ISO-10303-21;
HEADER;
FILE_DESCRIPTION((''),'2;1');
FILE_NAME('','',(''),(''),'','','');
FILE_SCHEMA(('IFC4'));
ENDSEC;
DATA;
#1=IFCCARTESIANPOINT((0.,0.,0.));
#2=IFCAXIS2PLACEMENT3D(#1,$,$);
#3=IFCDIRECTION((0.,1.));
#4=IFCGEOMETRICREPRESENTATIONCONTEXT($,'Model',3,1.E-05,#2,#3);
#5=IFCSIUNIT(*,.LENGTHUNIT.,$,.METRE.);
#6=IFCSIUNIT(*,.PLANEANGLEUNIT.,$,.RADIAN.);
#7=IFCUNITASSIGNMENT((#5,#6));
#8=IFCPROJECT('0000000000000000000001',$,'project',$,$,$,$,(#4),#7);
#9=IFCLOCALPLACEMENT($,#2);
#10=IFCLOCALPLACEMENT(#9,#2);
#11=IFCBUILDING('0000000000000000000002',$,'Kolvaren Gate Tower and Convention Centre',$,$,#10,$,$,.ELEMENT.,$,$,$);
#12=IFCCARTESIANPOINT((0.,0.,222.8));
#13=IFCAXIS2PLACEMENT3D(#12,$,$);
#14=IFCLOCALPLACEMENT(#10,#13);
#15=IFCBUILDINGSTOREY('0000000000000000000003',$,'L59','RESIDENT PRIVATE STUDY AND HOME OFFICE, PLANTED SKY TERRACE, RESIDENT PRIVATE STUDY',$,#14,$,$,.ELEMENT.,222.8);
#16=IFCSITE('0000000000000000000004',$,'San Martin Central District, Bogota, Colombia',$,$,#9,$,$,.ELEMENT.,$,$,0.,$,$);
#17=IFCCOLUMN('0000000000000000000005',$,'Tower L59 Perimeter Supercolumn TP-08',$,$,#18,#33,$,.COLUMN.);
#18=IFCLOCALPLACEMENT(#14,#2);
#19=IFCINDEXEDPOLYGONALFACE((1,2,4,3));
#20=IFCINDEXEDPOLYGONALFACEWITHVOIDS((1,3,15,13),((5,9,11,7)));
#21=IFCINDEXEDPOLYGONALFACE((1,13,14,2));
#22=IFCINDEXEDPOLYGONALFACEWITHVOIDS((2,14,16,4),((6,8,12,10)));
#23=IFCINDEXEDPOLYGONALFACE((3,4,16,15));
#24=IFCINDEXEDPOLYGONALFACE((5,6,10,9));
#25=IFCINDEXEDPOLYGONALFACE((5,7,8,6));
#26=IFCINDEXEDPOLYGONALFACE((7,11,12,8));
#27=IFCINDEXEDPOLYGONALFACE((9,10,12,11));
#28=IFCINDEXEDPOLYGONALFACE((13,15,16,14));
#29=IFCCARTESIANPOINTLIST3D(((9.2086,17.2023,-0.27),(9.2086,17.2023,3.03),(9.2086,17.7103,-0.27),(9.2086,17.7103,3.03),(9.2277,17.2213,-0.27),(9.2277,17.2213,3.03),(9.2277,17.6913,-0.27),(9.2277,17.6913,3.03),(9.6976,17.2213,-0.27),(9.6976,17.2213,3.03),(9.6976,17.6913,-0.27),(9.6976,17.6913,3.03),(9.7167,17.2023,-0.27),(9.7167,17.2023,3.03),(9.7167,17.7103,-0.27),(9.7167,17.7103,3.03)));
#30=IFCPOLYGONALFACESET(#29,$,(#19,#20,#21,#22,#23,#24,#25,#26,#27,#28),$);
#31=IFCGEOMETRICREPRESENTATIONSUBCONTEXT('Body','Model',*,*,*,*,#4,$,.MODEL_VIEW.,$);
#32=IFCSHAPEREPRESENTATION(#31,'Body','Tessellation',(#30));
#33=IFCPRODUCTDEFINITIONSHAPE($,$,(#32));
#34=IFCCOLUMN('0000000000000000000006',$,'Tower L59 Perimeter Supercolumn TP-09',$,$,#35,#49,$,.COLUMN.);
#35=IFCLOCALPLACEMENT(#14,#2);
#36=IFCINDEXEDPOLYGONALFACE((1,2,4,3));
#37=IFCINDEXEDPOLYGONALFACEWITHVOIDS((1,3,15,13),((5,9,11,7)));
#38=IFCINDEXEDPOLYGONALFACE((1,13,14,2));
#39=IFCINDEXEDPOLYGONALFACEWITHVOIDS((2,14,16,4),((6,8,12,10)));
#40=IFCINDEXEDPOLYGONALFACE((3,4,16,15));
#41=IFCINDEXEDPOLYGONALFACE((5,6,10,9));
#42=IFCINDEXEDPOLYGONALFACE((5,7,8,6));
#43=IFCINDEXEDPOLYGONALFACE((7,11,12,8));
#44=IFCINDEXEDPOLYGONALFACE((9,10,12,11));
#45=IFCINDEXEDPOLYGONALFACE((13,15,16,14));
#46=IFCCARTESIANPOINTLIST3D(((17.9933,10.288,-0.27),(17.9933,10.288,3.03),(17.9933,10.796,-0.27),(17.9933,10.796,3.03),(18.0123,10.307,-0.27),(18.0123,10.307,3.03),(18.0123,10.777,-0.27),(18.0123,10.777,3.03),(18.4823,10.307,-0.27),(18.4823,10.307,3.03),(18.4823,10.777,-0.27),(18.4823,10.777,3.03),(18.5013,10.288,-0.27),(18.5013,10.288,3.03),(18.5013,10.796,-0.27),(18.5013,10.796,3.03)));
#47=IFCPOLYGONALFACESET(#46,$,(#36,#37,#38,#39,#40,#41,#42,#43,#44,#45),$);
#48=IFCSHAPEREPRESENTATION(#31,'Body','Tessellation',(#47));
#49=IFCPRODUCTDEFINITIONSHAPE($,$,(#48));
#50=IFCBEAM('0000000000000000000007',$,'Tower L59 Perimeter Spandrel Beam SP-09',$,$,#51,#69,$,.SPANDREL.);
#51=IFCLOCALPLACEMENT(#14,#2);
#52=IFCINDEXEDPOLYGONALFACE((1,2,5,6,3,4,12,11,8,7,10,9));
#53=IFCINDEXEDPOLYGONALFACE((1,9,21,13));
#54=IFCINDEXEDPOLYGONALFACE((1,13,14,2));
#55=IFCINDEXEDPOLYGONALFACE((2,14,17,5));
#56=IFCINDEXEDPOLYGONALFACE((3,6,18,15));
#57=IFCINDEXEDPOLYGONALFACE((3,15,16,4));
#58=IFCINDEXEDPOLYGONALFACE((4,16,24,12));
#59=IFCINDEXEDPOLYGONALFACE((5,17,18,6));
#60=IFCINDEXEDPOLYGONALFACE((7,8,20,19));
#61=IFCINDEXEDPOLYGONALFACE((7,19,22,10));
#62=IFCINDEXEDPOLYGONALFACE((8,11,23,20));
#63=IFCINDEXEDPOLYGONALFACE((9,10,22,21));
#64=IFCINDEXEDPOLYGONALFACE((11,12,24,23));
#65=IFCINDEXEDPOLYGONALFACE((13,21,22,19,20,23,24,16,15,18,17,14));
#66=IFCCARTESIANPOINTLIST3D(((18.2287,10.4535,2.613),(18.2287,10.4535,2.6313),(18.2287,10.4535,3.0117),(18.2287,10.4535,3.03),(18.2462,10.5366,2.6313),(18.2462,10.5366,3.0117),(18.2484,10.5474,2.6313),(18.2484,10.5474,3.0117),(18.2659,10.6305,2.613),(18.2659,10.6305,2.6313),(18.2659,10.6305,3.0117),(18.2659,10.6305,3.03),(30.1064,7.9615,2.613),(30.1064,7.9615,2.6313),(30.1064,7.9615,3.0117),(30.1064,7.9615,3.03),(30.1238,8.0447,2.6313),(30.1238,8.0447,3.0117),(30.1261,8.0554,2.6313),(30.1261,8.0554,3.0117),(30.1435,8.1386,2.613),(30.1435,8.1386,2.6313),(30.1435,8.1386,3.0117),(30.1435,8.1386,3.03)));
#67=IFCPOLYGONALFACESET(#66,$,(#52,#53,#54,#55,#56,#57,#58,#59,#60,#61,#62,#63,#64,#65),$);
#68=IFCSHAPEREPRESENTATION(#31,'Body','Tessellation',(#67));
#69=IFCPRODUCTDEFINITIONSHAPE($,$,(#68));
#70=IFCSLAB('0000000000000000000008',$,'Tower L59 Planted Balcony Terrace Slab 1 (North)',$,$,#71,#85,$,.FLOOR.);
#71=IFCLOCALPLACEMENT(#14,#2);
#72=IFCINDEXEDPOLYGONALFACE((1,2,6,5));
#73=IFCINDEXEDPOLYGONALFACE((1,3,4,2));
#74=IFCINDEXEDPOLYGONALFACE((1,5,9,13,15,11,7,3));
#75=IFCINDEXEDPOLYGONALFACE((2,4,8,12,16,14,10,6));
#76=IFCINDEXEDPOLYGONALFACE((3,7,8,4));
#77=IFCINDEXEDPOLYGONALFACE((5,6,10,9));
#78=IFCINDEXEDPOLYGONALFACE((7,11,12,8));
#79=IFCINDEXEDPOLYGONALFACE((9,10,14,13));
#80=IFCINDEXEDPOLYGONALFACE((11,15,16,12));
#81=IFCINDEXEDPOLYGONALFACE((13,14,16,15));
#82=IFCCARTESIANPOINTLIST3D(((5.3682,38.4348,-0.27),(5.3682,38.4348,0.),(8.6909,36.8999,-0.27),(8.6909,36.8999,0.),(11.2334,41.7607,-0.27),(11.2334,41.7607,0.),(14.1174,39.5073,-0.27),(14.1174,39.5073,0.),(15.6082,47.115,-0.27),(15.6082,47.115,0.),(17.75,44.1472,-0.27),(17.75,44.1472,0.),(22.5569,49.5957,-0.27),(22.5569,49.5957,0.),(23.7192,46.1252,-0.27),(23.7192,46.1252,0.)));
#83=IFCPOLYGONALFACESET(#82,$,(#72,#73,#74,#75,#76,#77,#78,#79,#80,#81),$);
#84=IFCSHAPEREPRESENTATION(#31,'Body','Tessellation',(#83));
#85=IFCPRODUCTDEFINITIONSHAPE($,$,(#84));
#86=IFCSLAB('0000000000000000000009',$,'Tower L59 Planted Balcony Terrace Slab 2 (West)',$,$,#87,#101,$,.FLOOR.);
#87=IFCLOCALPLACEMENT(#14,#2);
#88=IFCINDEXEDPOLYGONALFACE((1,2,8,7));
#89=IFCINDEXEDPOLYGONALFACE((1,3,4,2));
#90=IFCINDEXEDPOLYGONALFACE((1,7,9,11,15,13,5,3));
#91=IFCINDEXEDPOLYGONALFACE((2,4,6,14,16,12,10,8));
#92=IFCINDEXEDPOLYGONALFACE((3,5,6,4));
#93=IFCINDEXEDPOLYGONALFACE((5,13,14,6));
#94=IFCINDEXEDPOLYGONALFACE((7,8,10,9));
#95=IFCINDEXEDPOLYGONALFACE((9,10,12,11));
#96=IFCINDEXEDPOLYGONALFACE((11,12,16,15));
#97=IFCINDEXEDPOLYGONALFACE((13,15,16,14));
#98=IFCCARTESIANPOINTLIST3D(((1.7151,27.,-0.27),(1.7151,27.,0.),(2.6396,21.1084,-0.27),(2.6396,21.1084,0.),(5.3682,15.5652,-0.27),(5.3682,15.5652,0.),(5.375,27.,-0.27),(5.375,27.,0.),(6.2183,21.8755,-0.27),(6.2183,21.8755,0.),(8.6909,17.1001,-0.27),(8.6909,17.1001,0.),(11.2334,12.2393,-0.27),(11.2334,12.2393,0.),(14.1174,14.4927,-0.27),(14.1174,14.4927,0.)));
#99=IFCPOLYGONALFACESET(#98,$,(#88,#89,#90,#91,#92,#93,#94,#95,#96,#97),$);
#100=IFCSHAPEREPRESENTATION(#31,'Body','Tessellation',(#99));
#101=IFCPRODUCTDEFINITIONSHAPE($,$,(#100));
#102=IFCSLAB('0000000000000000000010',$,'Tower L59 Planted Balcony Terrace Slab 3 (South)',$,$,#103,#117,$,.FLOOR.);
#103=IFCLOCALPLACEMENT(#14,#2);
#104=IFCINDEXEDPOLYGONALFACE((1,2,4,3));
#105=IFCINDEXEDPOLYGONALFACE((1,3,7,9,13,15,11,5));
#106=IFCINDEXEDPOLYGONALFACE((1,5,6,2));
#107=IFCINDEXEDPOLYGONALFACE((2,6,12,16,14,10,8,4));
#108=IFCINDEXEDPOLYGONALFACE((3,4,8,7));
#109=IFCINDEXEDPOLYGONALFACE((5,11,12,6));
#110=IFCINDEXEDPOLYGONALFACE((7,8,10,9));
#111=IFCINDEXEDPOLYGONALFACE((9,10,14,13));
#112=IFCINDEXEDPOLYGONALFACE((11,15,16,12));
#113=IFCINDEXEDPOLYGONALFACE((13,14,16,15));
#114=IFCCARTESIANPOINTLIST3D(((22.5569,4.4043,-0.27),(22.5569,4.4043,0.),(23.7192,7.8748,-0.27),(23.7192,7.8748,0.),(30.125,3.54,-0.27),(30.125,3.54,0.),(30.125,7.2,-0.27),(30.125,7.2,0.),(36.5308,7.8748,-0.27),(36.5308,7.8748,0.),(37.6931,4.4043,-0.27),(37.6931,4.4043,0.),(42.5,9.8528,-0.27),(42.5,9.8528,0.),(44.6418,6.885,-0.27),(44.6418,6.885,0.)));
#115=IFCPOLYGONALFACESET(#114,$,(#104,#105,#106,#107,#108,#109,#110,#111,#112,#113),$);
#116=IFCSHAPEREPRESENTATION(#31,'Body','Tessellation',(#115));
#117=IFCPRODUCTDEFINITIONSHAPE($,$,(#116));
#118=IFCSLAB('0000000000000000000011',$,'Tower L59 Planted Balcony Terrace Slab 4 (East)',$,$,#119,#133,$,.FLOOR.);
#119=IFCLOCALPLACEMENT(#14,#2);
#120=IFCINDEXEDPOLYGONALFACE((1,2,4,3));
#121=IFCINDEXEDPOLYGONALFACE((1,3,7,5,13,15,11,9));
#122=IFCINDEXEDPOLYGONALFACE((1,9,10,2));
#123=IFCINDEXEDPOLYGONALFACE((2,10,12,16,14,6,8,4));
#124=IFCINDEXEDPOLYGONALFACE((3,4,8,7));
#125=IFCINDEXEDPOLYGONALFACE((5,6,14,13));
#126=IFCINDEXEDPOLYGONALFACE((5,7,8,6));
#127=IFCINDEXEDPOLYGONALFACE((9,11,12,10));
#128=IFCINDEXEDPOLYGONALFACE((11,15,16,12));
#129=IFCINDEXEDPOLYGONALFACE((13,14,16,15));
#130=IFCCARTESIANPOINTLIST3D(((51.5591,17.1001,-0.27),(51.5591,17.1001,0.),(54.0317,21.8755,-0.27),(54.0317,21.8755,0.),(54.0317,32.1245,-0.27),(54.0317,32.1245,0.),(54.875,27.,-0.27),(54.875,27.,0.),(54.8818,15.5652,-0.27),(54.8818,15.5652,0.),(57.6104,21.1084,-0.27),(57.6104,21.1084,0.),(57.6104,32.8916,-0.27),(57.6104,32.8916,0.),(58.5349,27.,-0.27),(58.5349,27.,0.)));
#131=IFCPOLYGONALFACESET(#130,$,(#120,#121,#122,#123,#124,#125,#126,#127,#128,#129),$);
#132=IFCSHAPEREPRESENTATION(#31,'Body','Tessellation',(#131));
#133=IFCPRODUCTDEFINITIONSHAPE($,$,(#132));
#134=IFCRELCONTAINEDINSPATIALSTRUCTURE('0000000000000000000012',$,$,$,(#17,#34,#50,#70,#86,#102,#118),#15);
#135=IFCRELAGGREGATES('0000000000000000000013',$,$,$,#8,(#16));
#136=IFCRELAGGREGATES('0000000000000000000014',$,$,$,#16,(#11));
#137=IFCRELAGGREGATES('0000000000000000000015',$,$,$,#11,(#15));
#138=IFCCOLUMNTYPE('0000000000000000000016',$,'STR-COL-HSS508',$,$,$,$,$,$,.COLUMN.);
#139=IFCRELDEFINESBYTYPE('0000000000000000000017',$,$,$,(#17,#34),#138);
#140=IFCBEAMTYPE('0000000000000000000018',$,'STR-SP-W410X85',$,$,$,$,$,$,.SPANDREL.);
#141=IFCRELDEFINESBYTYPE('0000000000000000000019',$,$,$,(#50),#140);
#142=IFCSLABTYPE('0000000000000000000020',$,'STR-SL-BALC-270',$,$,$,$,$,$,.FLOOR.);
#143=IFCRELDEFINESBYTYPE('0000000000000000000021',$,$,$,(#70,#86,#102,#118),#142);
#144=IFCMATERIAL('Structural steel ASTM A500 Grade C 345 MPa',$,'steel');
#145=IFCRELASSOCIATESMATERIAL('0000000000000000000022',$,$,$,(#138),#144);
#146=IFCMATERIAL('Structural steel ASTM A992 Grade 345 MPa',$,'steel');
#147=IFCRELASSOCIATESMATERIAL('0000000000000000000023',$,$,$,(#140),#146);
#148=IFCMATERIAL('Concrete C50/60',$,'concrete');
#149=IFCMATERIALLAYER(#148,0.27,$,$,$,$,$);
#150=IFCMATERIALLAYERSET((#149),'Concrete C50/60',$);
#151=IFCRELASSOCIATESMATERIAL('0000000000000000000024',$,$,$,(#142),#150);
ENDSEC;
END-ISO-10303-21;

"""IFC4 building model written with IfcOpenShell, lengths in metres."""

from ifc_helpers import new_model, si_unit, direction, frame, origin, origin_2d, place, context, subcontext, project, spatial, polyline, hollow_rectangle, i_section, outline, extrude, material, layer, layer_set, material_profile, profile_set, type_object, element, save


model = new_model("IFC4")

# Units and contexts
model_context = context("Model", 3, precision=1e-05, world=origin(), true_north=direction((0.0, 1.0)))
body_context = subcontext(model_context, "Body", "Model", "MODEL_VIEW")
ifc_project = project(units=[si_unit("LENGTHUNIT", "METRE"), si_unit("PLANEANGLEUNIT", "RADIAN")], contexts=[model_context])

# Site, building, storey
site_placement = place(None, origin())
site = spatial("IfcSite", under=ifc_project, at=site_placement, Name="San Martin Central District, Bogota, Colombia", CompositionType="ELEMENT", RefElevation=0.0)
building_placement = place(site_placement, origin())
building = spatial("IfcBuilding", under=site, at=building_placement, Name="Kolvaren Gate Tower and Convention Centre", CompositionType="ELEMENT")
storey_placement = place(building_placement, frame((0.0, 0.0, 222.8)))
storey = spatial("IfcBuildingStorey", under=building, at=storey_placement, Name="L59", Description="RESIDENT PRIVATE STUDY AND HOME OFFICE, PLANTED SKY TERRACE, RESIDENT PRIVATE STUDY", CompositionType="ELEMENT", Elevation=222.8)

# Columns
ifc_material_1 = material(Name="Structural steel ASTM A500 Grade C 345 MPa", Category="steel")
ifc_material_profile_1 = material_profile(ifc_material_1, hollow_rectangle(XDim=0.5081, YDim=0.5081, WallThickness=0.019, at=origin_2d()), Name="HSS508X508X19.1")
ifc_profile_set_1 = profile_set([ifc_material_profile_1], Name="Structural steel ASTM A500 Grade C 345 MPa")
column_type = type_object("IfcColumnType", Name="STR-COL-HSS508", PredefinedType="COLUMN", material=ifc_profile_set_1)
for number, where, z_axis, x_axis, name in (
    (1, (9.4626, 17.4563, -0.27), (0.0, 0.0, 1.0), (1.0, 0.0, 0.0), "Tower L59 Perimeter Supercolumn TP-08"),
    (2, (18.2473, 10.542, -0.27), (0.0, 0.0, 1.0), (1.0, 0.0, 0.0), "Tower L59 Perimeter Supercolumn TP-09"),
):
    element("IfcColumn", number, at=place(storey_placement, frame(where, z_axis=z_axis, x_axis=x_axis)), inside=storey, type_object=column_type, Name=name, PredefinedType="COLUMN", context=body_context, shape_type="SweptSolid", body=[
        extrude(hollow_rectangle(XDim=0.5081, YDim=0.5081, WallThickness=0.019, at=origin_2d()), origin(), (0.0, 0.0, 1.0), 3.3),
    ])

# Beam
ifc_material_2 = material(Name="Structural steel ASTM A992 Grade 345 MPa", Category="steel")
ifc_material_profile_2 = material_profile(ifc_material_2, i_section(OverallWidth=0.1809, OverallDepth=0.417, WebThickness=0.011, FlangeThickness=0.0183, at=origin_2d()), Name="W410X85")
ifc_profile_set_2 = profile_set([ifc_material_profile_2], Name="Structural steel ASTM A992 Grade 345 MPa")
beam_type = type_object("IfcBeamType", Name="STR-SP-W410X85", PredefinedType="SPANDREL", material=ifc_profile_set_2)
beam_placement = place(storey_placement, frame((18.2473, 10.542, 2.8215), z_axis=(0.978693, -0.20533, 0.0), x_axis=(0.20533, 0.978693, 0.0)))
element("IfcBeam", 3, at=beam_placement, inside=storey, type_object=beam_type, Name="Tower L59 Perimeter Spandrel Beam SP-09", PredefinedType="SPANDREL", context=body_context, shape_type="SweptSolid", body=[
    extrude(i_section(OverallWidth=0.1809, OverallDepth=0.417, WebThickness=0.011, FlangeThickness=0.0183, at=origin_2d()), origin(), (0.0, 0.0, 1.0), 12.1362),
])

# Slabs
ifc_material_3 = material(Name="Concrete C50/60", Category="concrete")
ifc_layer_1 = layer(ifc_material_3, 0.27)
ifc_layer_set_1 = layer_set([ifc_layer_1], Name="Concrete C50/60")
slab_type_1 = type_object("IfcSlabType", Name="STR-SL-BALC-270", PredefinedType="FLOOR", material=ifc_layer_set_1)
slab_1_placement = place(storey_placement, frame((0.0, 0.0, -0.27)))
element("IfcSlab", 4, at=slab_1_placement, inside=storey, type_object=slab_type_1, Name="Tower L59 Planted Balcony Terrace Slab 1 (North)", PredefinedType="FLOOR", context=body_context, shape_type="SweptSolid", body=[
    extrude(outline(polyline([(23.7192, 46.1252), (17.75, 44.1472), (14.1174, 39.5073), (8.6909, 36.8999), (5.3682, 38.4348), (11.2334, 41.7607), (15.6082, 47.115), (22.5569, 49.5957), (23.7192, 46.1252)])), origin(), (0.0, 0.0, 1.0), 0.27),
])
slab_2_placement = place(storey_placement, frame((0.0, 0.0, -0.27)))
element("IfcSlab", 5, at=slab_2_placement, inside=storey, type_object=slab_type_1, Name="Tower L59 Planted Balcony Terrace Slab 2 (West)", PredefinedType="FLOOR", context=body_context, shape_type="SweptSolid", body=[
    extrude(outline(polyline([(5.375, 27.0), (6.2183, 21.8755), (8.6909, 17.1001), (14.1174, 14.4927), (11.2334, 12.2393), (5.3682, 15.5652), (2.6396, 21.1084), (1.7151, 27.0), (5.375, 27.0)])), origin(), (0.0, 0.0, 1.0), 0.27),
])
slab_3_placement = place(storey_placement, frame((0.0, 0.0, -0.27)))
element("IfcSlab", 6, at=slab_3_placement, inside=storey, type_object=slab_type_1, Name="Tower L59 Planted Balcony Terrace Slab 3 (South)", PredefinedType="FLOOR", context=body_context, shape_type="SweptSolid", body=[
    extrude(outline(polyline([(23.7192, 7.8748), (30.125, 7.2), (36.5308, 7.8748), (42.5, 9.8528), (44.6418, 6.885), (37.6931, 4.4043), (30.125, 3.54), (22.5569, 4.4043), (23.7192, 7.8748)])), origin(), (0.0, 0.0, 1.0), 0.27),
])
slab_4_placement = place(storey_placement, frame((0.0, 0.0, -0.27)))
element("IfcSlab", 7, at=slab_4_placement, inside=storey, type_object=slab_type_1, Name="Tower L59 Planted Balcony Terrace Slab 4 (East)", PredefinedType="FLOOR", context=body_context, shape_type="SweptSolid", body=[
    extrude(outline(polyline([(51.5591, 17.1001), (54.0317, 21.8755), (54.875, 27.0), (54.0317, 32.1245), (57.6104, 32.8916), (58.5349, 27.0), (57.6104, 21.1084), (54.8818, 15.5652), (51.5591, 17.1001)])), origin(), (0.0, 0.0, 1.0), 0.27),
])

save(model, "model.ifc")
